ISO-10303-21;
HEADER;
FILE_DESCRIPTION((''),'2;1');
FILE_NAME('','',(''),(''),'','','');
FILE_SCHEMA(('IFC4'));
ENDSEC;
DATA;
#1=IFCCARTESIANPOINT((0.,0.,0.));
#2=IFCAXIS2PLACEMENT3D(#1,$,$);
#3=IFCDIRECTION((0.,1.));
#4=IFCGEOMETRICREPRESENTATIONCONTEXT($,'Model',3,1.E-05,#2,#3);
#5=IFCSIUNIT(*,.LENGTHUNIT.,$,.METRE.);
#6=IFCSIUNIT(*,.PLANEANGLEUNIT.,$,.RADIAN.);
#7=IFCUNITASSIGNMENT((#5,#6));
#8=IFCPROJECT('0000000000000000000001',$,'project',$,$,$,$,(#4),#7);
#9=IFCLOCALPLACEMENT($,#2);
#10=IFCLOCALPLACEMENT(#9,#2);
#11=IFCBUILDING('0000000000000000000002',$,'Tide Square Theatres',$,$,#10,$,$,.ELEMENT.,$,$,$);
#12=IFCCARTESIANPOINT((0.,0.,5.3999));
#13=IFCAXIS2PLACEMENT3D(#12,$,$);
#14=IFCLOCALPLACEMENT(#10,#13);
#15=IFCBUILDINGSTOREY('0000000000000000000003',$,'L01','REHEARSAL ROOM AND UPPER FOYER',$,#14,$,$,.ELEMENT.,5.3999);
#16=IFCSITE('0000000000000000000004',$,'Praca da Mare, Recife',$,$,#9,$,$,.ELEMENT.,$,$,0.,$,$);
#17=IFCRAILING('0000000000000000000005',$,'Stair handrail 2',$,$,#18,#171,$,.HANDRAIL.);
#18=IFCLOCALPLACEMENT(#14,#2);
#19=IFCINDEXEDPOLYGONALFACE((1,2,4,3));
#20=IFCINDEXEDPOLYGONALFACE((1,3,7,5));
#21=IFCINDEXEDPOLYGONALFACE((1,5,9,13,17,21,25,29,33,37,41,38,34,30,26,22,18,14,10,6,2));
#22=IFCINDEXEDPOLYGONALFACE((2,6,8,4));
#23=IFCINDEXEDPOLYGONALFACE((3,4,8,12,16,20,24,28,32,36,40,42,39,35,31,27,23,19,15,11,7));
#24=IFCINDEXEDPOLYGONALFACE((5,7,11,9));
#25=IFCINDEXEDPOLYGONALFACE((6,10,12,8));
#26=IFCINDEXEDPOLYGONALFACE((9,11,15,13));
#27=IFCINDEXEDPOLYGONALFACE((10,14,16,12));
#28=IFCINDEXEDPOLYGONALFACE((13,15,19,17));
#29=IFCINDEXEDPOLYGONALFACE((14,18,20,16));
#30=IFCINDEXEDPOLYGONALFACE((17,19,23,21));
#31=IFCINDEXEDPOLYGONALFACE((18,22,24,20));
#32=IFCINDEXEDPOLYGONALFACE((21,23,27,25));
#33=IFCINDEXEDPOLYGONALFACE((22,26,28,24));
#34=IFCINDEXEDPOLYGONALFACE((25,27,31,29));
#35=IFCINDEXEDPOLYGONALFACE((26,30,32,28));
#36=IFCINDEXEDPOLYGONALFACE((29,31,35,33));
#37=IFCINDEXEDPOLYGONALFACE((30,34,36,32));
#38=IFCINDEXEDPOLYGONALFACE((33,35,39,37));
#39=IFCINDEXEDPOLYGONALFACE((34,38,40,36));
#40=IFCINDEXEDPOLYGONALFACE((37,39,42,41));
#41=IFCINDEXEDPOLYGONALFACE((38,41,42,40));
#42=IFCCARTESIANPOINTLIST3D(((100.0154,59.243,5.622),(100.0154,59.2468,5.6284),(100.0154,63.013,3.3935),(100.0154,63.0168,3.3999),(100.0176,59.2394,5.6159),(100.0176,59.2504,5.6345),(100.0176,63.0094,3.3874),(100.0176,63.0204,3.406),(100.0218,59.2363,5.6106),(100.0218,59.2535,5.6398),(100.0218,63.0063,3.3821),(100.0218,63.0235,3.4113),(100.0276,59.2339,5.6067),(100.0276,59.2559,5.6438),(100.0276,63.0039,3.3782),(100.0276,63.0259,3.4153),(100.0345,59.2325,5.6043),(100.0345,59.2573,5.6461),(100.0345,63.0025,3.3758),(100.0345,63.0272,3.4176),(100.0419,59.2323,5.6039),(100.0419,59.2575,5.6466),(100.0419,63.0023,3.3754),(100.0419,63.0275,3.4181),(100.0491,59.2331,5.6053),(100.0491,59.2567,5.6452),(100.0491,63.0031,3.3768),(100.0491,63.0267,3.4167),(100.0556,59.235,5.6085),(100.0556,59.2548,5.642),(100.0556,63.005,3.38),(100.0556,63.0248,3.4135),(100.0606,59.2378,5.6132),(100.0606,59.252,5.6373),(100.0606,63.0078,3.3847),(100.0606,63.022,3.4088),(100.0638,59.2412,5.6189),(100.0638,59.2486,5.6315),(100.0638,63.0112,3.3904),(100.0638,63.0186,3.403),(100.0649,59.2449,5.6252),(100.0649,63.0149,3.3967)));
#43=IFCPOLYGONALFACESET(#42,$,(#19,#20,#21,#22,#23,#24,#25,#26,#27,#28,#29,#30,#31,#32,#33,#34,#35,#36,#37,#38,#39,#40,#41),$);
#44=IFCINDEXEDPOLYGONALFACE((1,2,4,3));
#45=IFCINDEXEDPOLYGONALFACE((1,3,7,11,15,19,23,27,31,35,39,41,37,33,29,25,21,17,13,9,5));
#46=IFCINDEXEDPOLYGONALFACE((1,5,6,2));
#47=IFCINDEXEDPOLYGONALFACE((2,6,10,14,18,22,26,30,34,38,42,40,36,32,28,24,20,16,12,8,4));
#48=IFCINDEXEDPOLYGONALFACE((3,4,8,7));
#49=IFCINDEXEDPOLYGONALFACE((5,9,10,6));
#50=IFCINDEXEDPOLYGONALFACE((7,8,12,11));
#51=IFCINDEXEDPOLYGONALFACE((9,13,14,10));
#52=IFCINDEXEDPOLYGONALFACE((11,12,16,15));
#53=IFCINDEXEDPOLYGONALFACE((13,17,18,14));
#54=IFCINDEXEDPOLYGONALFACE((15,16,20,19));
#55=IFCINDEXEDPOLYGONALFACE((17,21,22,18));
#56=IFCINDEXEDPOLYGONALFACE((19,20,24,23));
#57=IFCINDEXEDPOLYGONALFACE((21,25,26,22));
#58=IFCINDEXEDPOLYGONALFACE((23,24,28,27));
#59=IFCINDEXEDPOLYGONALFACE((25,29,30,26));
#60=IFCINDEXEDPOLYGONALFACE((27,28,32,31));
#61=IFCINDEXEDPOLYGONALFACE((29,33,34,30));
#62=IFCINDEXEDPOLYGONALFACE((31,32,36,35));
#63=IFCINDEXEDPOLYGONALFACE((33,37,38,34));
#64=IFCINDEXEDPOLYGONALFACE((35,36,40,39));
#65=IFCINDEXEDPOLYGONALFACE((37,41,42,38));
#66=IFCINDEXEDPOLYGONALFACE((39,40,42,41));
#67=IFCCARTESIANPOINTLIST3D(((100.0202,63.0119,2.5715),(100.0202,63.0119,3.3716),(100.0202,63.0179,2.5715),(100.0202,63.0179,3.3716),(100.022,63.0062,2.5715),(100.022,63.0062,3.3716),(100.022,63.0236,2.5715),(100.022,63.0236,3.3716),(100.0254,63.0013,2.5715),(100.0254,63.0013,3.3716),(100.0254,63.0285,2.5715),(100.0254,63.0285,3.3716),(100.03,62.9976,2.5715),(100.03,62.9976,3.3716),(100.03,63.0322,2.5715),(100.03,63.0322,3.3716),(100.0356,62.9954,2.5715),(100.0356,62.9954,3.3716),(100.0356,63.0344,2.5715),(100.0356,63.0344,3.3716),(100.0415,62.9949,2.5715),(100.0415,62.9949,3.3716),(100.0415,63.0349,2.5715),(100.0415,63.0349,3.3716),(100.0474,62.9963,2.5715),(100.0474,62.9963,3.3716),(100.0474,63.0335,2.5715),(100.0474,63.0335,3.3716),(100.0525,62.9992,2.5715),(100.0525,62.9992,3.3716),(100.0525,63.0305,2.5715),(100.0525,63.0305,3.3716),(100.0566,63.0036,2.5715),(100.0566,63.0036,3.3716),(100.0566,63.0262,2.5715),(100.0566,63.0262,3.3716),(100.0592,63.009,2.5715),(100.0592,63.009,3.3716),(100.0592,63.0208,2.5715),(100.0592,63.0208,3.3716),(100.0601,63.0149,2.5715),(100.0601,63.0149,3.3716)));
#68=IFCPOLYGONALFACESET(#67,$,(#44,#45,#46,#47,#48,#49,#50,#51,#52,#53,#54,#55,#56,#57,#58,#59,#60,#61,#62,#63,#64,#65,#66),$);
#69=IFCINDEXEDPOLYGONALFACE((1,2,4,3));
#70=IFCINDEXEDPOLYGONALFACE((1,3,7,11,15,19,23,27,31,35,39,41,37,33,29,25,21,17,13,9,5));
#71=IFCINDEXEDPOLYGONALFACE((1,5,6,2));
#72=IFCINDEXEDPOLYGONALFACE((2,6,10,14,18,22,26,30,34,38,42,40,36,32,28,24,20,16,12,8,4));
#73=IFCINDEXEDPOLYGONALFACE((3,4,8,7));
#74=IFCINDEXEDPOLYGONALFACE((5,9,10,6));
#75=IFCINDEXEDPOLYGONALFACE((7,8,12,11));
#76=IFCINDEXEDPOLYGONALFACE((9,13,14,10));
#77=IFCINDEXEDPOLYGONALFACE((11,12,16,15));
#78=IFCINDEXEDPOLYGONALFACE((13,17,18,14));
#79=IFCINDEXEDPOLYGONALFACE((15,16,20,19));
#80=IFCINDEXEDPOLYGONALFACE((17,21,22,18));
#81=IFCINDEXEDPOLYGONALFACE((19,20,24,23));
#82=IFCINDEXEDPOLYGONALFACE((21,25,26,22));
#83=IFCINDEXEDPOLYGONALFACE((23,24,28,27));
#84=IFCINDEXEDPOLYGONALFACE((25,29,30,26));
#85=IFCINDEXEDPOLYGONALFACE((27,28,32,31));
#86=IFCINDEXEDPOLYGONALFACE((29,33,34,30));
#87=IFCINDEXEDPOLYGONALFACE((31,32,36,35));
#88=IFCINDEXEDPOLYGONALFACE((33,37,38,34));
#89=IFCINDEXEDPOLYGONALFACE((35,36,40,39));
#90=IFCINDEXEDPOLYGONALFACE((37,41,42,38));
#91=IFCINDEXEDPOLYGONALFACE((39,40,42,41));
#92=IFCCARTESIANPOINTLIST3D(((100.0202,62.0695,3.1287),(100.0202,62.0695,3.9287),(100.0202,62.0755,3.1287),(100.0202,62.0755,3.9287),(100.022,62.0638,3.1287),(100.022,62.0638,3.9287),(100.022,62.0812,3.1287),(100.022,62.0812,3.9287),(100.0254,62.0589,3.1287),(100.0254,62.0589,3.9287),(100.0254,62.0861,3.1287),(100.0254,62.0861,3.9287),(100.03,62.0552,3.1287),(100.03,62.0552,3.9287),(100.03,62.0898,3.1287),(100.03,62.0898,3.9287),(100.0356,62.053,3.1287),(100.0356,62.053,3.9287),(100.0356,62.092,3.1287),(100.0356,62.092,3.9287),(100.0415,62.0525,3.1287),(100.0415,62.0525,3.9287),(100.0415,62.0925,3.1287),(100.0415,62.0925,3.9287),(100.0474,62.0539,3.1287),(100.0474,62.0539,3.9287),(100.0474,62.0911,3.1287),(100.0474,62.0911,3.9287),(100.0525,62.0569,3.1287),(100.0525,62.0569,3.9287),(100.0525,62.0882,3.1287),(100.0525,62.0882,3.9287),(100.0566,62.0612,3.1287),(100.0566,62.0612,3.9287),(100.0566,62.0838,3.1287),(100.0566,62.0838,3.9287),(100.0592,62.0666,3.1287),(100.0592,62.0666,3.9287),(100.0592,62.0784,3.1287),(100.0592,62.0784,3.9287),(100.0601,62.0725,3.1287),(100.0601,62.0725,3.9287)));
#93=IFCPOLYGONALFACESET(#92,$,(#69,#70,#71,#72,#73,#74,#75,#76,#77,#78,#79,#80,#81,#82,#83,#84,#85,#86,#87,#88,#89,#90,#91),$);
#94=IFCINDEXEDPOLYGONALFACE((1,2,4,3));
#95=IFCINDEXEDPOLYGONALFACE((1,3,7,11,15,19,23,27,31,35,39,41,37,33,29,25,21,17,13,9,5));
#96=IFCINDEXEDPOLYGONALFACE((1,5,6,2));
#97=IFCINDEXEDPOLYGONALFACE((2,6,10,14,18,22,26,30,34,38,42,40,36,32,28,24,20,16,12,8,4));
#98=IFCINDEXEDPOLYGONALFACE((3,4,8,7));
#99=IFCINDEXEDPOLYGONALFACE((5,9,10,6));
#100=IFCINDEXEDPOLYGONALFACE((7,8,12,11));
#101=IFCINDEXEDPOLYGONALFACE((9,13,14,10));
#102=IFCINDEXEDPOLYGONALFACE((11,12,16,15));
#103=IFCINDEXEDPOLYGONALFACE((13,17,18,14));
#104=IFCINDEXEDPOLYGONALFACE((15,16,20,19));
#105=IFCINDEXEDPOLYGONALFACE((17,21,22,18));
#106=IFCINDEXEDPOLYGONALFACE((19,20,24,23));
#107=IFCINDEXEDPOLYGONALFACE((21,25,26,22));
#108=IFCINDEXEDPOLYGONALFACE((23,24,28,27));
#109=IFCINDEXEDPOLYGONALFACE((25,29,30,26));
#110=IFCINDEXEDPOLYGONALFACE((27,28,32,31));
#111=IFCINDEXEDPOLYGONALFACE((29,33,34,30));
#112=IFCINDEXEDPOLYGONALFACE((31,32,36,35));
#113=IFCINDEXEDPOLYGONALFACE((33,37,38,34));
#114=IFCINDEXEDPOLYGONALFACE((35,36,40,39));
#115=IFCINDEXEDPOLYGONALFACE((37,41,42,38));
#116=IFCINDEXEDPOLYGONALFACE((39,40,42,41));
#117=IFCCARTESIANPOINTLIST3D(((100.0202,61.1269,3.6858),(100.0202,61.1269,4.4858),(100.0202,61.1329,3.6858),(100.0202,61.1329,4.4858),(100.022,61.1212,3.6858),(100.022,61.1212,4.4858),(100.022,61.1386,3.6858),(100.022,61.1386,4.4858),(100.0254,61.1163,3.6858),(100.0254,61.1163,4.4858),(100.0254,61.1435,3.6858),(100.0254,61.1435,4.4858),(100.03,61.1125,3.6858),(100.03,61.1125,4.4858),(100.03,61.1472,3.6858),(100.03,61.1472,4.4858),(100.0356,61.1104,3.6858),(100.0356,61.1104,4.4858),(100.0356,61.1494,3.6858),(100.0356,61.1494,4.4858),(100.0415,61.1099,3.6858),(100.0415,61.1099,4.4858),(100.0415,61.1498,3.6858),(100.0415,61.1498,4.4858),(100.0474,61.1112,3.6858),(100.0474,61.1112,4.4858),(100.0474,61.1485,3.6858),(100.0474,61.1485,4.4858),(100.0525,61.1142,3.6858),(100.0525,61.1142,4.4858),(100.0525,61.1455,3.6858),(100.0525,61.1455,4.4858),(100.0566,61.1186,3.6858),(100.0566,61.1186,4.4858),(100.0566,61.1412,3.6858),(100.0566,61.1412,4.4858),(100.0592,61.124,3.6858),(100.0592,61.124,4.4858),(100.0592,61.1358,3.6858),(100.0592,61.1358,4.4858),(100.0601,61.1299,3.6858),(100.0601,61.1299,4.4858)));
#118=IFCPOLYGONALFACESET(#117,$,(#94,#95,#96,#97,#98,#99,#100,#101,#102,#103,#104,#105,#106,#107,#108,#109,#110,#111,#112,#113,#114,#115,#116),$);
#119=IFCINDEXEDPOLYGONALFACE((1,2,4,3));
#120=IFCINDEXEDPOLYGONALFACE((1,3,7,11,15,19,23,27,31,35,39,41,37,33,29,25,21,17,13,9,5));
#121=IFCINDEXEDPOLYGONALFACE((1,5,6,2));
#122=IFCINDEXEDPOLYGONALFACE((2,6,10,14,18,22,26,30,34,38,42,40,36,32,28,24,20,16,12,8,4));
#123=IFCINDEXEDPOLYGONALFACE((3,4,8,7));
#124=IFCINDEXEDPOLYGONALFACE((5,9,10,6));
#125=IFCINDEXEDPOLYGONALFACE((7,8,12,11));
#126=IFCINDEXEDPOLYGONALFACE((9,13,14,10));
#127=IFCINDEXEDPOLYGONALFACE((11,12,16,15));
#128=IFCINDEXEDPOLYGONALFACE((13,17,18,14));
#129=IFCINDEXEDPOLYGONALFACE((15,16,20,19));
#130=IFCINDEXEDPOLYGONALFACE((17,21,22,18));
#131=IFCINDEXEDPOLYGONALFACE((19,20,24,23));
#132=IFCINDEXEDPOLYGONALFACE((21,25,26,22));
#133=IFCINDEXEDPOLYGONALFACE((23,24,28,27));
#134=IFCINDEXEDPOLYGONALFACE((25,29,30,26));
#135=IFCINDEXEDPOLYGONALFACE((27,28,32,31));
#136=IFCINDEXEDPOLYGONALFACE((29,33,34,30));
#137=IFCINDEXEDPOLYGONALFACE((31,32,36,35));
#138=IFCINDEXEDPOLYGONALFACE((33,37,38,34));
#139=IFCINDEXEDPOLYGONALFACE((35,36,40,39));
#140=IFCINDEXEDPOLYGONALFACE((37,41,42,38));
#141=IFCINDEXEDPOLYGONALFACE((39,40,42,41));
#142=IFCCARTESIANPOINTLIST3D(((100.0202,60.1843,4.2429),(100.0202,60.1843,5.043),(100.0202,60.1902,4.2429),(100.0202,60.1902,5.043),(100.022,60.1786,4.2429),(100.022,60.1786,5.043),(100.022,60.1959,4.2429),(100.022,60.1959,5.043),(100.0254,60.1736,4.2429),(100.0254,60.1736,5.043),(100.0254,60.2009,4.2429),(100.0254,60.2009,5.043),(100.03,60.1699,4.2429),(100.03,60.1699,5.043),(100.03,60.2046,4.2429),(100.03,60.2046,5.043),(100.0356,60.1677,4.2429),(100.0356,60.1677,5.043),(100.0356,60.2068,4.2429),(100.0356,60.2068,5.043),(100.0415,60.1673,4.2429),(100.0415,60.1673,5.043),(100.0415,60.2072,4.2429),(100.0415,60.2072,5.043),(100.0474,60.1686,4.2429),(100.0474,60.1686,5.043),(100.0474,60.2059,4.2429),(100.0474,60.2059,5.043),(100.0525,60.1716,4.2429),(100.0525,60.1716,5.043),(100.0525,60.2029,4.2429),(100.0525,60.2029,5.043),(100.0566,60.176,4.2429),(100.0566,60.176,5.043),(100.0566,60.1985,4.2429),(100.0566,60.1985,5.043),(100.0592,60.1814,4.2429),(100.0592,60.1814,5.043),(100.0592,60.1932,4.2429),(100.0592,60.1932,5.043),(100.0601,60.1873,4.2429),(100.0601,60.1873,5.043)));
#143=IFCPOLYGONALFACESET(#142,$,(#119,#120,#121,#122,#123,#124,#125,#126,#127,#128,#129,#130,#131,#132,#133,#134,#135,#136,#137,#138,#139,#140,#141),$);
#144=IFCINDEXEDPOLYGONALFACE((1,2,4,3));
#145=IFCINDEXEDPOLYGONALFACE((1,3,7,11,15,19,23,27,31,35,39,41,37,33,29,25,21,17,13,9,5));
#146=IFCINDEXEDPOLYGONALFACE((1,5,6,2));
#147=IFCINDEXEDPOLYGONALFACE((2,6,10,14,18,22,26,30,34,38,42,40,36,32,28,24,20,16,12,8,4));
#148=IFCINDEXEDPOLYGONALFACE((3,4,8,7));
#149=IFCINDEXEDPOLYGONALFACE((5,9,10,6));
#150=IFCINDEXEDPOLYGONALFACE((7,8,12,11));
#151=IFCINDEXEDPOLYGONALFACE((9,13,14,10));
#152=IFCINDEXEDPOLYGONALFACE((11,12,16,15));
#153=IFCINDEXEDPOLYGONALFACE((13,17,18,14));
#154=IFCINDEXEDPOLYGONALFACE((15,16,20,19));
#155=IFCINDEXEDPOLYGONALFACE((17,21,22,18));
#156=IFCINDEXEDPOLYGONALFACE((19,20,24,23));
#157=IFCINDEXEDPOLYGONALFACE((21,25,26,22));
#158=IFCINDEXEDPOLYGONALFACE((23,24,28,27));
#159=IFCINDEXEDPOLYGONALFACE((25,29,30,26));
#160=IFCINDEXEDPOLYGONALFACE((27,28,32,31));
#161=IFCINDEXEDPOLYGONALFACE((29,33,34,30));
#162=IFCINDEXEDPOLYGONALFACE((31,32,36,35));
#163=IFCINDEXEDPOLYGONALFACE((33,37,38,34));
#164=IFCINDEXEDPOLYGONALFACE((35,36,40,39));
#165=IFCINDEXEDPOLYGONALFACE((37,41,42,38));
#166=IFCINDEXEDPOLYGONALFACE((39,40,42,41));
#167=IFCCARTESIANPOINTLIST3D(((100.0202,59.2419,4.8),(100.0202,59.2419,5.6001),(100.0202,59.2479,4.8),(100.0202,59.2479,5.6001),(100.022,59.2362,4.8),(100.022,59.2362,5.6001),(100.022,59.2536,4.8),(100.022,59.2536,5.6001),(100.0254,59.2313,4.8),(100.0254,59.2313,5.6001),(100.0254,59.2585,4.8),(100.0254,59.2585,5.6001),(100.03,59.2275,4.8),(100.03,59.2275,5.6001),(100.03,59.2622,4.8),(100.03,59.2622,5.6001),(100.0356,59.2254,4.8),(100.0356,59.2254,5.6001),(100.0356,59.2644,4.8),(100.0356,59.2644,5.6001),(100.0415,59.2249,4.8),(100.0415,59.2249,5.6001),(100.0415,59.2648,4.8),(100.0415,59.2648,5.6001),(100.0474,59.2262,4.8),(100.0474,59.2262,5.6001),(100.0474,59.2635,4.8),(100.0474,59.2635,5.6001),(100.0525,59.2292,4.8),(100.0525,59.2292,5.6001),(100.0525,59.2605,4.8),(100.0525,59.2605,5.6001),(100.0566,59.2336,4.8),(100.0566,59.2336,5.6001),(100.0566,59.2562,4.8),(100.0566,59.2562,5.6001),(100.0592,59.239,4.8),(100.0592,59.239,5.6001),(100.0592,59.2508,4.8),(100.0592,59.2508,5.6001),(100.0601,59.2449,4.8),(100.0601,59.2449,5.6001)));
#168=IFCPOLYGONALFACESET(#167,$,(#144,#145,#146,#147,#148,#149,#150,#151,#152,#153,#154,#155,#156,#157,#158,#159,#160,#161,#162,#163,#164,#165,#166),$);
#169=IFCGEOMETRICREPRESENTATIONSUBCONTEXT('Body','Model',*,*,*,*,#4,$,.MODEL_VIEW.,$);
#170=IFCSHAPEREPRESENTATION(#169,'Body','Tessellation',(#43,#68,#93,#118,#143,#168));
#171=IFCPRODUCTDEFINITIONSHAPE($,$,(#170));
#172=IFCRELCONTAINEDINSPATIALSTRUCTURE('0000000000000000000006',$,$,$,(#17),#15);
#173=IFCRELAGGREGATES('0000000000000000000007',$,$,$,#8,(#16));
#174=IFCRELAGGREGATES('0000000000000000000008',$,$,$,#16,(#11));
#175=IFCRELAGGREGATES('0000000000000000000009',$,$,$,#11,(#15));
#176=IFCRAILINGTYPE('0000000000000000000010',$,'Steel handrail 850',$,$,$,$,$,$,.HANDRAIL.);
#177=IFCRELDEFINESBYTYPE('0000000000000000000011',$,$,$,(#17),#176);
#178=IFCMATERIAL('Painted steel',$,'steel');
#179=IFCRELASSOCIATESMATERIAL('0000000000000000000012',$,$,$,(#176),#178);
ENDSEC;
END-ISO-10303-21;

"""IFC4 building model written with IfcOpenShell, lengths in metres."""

from ifc_helpers import new_model, si_unit, direction, frame, origin, origin_2d, place, context, subcontext, project, spatial, circle, extrude, material, type_object, element, save


model = new_model("IFC4")

# Units and contexts
model_context = context("Model", 3, precision=1e-05, world=origin(), true_north=direction((0.0, 1.0)))
body_context = subcontext(model_context, "Body", "Model", "MODEL_VIEW")
ifc_project = project(units=[si_unit("LENGTHUNIT", "METRE"), si_unit("PLANEANGLEUNIT", "RADIAN")], contexts=[model_context])

# Site, building, storey
site_placement = place(None, origin())
site = spatial("IfcSite", under=ifc_project, at=site_placement, Name="Praca da Mare, Recife", CompositionType="ELEMENT", RefElevation=0.0)
building_placement = place(site_placement, origin())
building = spatial("IfcBuilding", under=site, at=building_placement, Name="Tide Square Theatres", CompositionType="ELEMENT")
storey_placement = place(building_placement, frame((0.0, 0.0, 5.3999)))
storey = spatial("IfcBuildingStorey", under=building, at=storey_placement, Name="L01", Description="REHEARSAL ROOM AND UPPER FOYER", CompositionType="ELEMENT", Elevation=5.3999)

# Railing
ifc_material_1 = material(Name="Painted steel", Category="steel")
railing_type = type_object("IfcRailingType", Name="Steel handrail 850", PredefinedType="HANDRAIL", material=ifc_material_1)
for number, where, name in (
    (1, (100.04, 63.0149, 2.5715), "Stair handrail 2"),
):
    element("IfcRailing", number, at=place(storey_placement, frame(where)), inside=storey, type_object=railing_type, Name=name, PredefinedType="HANDRAIL", context=body_context, shape_type="SweptSolid", body=[
        extrude(circle(Radius=0.0249, at=origin_2d()), frame((0.0, 0.0, 0.8252), z_axis=(0.0, -0.860849, 0.508861), x_axis=(1.0, 0.0, 0.0)), (0.0, 0.0, 1.0), 4.3794),
        extrude(circle(Radius=0.02, at=origin_2d()), origin(), (0.0, 0.0, 1.0), 0.8),
        extrude(circle(Radius=0.02, at=origin_2d()), frame((0.0, -0.9424, 0.5571)), (0.0, 0.0, 1.0), 0.8),
        extrude(circle(Radius=0.02, at=origin_2d()), frame((0.0, -1.885, 1.1143)), (0.0, 0.0, 1.0), 0.8),
        extrude(circle(Radius=0.02, at=origin_2d()), frame((0.0, -2.8276, 1.6714)), (0.0, 0.0, 1.0), 0.8),
        extrude(circle(Radius=0.02, at=origin_2d()), frame((0.0, -3.77, 2.2285)), (0.0, 0.0, 1.0), 0.8),
    ])

save(model, "model.ifc")
